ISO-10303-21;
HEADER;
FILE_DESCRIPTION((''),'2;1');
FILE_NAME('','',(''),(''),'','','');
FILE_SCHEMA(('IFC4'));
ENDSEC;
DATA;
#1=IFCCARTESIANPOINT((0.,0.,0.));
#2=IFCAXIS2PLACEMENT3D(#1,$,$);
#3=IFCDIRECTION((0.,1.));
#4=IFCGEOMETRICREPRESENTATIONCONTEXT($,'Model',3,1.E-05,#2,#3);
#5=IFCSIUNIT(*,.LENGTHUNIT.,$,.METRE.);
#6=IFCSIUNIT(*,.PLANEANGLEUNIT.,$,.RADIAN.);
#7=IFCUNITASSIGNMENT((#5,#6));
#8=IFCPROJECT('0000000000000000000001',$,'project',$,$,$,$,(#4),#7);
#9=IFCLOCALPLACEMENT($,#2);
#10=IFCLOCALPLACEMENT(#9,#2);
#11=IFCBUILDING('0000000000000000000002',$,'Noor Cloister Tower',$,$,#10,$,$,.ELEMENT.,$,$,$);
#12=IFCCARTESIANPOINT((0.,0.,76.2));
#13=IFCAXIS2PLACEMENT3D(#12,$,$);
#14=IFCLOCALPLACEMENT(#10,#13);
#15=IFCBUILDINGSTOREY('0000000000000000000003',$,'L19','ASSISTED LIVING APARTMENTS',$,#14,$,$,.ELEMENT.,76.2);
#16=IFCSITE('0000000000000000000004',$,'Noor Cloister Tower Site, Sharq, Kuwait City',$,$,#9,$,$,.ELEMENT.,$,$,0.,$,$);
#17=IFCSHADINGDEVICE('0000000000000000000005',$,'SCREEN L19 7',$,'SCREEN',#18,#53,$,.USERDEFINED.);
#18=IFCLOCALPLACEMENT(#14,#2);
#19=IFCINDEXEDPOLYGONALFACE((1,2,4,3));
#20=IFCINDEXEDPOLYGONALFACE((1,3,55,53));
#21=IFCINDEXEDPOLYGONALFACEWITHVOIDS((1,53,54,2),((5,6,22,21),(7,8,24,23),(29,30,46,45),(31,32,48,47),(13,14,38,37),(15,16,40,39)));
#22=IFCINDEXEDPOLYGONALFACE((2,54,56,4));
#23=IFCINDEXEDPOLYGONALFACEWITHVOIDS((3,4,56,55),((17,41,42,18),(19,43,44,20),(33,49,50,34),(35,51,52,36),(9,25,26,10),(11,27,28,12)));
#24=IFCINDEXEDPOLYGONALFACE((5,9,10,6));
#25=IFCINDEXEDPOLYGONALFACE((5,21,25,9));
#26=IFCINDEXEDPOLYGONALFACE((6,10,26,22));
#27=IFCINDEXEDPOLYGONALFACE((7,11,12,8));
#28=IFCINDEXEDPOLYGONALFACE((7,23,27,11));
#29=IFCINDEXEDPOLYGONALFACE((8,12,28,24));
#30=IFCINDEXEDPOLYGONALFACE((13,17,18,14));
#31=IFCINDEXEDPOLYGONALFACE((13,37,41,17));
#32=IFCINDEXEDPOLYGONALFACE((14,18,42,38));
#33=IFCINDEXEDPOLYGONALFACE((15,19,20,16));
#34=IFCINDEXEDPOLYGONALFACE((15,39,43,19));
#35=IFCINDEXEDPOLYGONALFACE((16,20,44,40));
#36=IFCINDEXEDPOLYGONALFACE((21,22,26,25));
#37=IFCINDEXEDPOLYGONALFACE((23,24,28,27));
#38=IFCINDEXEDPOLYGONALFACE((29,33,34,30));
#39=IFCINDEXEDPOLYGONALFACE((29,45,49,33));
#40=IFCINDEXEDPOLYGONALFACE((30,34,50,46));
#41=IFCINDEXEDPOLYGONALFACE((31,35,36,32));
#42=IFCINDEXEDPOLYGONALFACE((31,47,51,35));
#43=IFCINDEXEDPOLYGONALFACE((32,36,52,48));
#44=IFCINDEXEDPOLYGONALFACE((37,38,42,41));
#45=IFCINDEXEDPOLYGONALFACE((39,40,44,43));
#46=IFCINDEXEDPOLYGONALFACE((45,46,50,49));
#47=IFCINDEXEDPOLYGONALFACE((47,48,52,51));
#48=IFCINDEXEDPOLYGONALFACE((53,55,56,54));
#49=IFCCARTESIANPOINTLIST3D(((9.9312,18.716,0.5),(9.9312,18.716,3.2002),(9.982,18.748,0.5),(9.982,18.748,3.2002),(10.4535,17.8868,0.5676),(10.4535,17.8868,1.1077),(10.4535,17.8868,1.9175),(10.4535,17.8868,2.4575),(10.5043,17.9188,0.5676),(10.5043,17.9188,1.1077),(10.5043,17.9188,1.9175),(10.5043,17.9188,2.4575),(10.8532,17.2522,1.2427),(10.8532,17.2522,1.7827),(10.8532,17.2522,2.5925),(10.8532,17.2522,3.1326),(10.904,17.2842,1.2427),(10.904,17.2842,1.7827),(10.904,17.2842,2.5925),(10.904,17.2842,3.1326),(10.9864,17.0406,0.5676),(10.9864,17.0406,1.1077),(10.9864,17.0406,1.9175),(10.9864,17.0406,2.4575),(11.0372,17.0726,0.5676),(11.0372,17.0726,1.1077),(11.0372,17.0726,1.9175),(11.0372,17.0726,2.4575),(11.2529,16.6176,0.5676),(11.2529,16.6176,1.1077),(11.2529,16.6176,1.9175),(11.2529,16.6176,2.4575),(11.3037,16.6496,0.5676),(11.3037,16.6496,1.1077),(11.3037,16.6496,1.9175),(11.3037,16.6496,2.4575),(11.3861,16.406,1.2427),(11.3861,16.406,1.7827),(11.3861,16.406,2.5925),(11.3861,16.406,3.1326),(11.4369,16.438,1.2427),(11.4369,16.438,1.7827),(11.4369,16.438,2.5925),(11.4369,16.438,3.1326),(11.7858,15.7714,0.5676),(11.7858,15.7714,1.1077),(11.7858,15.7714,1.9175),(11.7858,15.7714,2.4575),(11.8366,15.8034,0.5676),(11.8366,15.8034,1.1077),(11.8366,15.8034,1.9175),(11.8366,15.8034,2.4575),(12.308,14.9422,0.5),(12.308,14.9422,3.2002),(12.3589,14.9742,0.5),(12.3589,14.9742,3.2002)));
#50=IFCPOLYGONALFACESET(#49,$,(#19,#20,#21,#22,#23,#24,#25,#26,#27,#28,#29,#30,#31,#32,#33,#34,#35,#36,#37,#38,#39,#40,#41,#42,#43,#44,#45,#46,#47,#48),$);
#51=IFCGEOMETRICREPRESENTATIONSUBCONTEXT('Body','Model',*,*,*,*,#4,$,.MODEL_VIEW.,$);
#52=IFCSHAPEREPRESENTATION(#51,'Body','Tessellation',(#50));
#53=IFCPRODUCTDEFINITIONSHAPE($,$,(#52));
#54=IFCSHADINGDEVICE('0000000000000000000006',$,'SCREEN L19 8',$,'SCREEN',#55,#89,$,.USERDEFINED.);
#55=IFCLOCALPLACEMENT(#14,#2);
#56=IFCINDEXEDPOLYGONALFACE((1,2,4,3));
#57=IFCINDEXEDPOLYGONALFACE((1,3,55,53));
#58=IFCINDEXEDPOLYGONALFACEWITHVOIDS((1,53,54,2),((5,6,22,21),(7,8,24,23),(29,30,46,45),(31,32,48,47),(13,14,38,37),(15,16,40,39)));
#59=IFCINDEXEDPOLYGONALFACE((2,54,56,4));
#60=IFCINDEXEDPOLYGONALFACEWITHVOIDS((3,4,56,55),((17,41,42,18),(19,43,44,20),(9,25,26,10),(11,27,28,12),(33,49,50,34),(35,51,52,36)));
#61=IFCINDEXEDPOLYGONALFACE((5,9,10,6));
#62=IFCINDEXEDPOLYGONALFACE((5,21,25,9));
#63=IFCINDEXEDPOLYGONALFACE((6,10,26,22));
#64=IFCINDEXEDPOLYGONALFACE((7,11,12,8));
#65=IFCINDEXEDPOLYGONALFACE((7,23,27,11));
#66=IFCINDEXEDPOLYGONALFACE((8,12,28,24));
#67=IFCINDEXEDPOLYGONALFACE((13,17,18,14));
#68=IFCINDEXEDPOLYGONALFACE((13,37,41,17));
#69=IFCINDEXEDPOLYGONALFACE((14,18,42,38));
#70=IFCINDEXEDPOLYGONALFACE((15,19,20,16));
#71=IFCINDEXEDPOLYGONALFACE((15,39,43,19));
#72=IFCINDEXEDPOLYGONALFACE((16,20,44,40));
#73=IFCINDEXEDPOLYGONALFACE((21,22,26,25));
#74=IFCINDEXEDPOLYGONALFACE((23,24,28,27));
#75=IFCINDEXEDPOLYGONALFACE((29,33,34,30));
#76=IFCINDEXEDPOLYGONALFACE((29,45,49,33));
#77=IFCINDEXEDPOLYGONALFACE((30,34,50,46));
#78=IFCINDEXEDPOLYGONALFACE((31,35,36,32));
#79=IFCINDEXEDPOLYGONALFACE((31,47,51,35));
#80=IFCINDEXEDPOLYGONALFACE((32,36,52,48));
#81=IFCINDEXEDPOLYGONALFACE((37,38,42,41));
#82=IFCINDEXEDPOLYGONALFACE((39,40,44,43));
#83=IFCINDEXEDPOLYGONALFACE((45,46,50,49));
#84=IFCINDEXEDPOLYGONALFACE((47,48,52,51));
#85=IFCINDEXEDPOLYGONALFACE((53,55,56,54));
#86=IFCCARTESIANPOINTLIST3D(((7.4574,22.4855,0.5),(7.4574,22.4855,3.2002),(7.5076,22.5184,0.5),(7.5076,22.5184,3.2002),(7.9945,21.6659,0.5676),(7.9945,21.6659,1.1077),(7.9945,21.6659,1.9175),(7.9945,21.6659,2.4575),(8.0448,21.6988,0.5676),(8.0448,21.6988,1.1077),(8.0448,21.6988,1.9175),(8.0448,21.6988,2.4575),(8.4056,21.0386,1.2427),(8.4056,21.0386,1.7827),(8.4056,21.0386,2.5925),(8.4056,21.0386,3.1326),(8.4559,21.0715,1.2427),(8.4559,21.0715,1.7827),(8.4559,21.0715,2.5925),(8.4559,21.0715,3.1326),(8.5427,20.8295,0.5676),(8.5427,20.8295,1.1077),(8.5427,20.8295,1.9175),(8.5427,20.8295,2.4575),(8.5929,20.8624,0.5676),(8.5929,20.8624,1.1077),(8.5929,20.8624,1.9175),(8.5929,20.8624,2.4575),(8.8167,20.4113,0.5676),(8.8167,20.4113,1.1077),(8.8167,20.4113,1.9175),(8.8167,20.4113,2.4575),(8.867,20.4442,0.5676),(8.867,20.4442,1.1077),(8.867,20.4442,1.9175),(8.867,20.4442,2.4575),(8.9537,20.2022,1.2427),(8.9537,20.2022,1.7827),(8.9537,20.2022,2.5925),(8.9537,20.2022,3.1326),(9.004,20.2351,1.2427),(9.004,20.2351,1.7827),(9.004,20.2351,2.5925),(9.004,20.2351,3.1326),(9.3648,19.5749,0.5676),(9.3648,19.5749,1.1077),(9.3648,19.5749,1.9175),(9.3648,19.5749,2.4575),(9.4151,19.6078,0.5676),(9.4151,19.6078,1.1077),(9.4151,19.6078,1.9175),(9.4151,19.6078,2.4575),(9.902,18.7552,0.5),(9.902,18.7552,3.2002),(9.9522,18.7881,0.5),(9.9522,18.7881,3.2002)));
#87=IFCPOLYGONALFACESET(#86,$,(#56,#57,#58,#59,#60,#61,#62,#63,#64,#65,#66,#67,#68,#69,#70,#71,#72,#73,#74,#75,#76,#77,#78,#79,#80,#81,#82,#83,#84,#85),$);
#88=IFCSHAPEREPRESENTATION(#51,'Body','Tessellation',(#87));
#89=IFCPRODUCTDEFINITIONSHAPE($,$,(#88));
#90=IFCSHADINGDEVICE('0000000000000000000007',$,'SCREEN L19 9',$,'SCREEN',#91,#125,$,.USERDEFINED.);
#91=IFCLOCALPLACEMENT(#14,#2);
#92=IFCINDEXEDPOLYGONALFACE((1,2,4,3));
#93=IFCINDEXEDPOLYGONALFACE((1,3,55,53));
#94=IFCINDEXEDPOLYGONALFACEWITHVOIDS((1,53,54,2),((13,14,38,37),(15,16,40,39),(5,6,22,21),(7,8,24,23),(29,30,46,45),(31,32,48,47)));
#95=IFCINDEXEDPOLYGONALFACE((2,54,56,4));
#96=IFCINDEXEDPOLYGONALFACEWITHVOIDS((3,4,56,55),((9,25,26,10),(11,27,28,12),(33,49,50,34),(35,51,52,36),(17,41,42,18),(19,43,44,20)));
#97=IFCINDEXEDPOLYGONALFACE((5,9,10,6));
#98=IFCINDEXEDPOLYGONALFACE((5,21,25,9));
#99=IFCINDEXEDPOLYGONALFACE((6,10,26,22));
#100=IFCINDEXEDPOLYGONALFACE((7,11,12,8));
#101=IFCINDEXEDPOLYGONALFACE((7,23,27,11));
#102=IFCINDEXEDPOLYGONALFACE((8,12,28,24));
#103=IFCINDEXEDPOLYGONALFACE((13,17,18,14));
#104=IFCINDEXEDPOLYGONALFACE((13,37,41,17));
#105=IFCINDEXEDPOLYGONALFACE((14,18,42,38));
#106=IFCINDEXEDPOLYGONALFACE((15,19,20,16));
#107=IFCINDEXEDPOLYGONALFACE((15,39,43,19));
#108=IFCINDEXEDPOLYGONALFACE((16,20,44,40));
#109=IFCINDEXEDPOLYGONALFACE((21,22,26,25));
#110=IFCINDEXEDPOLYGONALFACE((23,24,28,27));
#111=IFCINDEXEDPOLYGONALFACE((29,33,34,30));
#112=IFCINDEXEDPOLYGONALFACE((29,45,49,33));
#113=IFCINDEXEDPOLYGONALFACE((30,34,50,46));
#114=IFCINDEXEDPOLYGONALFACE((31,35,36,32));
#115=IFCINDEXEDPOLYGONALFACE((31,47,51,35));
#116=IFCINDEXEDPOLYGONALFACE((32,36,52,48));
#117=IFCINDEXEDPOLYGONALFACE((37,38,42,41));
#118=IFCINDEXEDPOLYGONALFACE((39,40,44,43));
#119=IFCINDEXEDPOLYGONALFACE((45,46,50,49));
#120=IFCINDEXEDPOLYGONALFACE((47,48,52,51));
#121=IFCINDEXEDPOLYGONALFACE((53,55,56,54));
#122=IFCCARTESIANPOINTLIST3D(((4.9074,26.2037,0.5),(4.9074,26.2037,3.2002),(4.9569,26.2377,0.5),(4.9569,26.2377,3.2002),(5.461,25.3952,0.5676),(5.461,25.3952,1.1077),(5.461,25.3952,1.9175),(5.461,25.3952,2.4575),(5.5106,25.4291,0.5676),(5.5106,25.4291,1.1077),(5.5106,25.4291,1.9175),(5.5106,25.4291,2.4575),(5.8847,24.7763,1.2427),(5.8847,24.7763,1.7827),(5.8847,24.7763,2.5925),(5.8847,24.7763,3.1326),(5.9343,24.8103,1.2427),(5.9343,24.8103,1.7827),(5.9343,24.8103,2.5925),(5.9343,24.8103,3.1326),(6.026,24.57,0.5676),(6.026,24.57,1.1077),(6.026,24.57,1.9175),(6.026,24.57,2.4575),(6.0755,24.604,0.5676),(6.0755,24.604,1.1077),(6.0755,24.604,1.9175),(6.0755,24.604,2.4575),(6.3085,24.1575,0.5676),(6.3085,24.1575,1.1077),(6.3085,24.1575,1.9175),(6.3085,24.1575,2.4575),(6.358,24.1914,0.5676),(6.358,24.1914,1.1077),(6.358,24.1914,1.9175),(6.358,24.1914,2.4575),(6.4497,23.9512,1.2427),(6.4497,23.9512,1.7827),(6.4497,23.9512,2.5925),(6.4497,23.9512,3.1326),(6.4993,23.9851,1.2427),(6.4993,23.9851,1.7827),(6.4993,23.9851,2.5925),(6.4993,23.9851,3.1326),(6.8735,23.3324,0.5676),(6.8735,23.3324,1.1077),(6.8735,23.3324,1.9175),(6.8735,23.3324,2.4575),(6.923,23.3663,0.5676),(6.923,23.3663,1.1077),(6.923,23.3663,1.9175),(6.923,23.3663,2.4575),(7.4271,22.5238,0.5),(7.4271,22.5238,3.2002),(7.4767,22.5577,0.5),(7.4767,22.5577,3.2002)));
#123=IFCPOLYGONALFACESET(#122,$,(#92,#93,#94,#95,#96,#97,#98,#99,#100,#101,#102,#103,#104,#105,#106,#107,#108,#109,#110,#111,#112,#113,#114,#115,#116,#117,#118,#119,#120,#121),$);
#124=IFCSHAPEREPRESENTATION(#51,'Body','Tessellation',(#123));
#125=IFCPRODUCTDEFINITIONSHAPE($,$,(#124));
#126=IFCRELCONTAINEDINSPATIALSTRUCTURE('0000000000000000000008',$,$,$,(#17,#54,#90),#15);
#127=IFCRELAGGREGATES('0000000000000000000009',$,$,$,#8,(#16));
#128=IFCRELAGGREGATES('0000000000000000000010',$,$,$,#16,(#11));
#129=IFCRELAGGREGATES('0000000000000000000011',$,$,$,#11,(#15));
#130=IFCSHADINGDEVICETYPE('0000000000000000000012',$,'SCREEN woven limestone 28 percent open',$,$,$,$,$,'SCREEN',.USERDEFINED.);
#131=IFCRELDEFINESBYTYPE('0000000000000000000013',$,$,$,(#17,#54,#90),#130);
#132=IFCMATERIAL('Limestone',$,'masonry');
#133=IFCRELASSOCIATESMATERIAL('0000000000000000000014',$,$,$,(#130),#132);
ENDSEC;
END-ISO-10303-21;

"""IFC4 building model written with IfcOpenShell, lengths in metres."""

from ifc_helpers import new_model, si_unit, direction, frame, origin, place, context, subcontext, project, spatial, polyline, outline, extrude, material, material_profile, profile_set, type_object, element, save


model = new_model("IFC4")

# Units and contexts
model_context = context("Model", 3, precision=1e-05, world=origin(), true_north=direction((0.0, 1.0)))
body_context = subcontext(model_context, "Body", "Model", "MODEL_VIEW")
ifc_project = project(units=[si_unit("LENGTHUNIT", "METRE"), si_unit("PLANEANGLEUNIT", "RADIAN")], contexts=[model_context])

# Site, building, storey
site_placement = place(None, origin())
site = spatial("IfcSite", under=ifc_project, at=site_placement, Name="Noor Cloister Tower Site, Sharq, Kuwait City", CompositionType="ELEMENT", RefElevation=0.0)
building_placement = place(site_placement, origin())
building = spatial("IfcBuilding", under=site, at=building_placement, Name="Noor Cloister Tower", CompositionType="ELEMENT")
storey_placement = place(building_placement, frame((0.0, 0.0, 76.2)))
storey = spatial("IfcBuildingStorey", under=building, at=storey_placement, Name="L19", Description="ASSISTED LIVING APARTMENTS", CompositionType="ELEMENT", Elevation=76.2)

# Shading devices
ifc_material_1 = material(Name="Limestone", Category="masonry")
ifc_material_profile_1 = material_profile(ifc_material_1, outline(polyline([(-2.23, -1.3501), (2.23, -1.3501), (2.23, 1.3501), (-2.23, 1.3501), (-2.23, -1.3501)]), holes=[polyline([(-1.25, -1.2825), (-0.25, -1.2825), (-0.25, -0.7424), (-1.25, -0.7424), (-1.25, -1.2825)]), polyline([(0.25, -1.2825), (1.25, -1.2825), (1.25, -0.7424), (0.25, -0.7424), (0.25, -1.2825)]), polyline([(-0.5, -0.6074), (0.5, -0.6074), (0.5, -0.0674), (-0.5, -0.0674), (-0.5, -0.6074)]), polyline([(-1.25, 0.0674), (-0.25, 0.0674), (-0.25, 0.6074), (-1.25, 0.6074), (-1.25, 0.0674)]), polyline([(0.25, 0.0674), (1.25, 0.0674), (1.25, 0.6074), (0.25, 0.6074), (0.25, 0.0674)]), polyline([(-0.5, 0.7424), (0.5, 0.7424), (0.5, 1.2825), (-0.5, 1.2825), (-0.5, 0.7424)])]), Name="Woven screen 28 percent open")
ifc_profile_set_1 = profile_set([ifc_material_profile_1], Name="Limestone")
shading_device_type = type_object("IfcShadingDeviceType", Name="SCREEN woven limestone 28 percent open", ElementType="SCREEN", PredefinedType="USERDEFINED", material=ifc_profile_set_1)
for number, where, z_axis, x_axis, name in (
    (1, (11.1196, 16.8291, 1.8501), (0.846165, 0.532921, 0.0), (-0.532921, 0.846165, 0.0), "SCREEN L19 7"),
    (2, (8.6797, 20.6204, 1.8501), (0.836397, 0.548124, 0.0), (-0.548124, 0.836397, 0.0), "SCREEN L19 8"),
    (3, (6.1672, 24.3638, 1.8501), (0.825108, 0.564975, 0.0), (-0.564975, 0.825108, 0.0), "SCREEN L19 9"),
):
    element("IfcShadingDevice", number, at=place(storey_placement, frame(where, z_axis=z_axis, x_axis=x_axis)), inside=storey, type_object=shading_device_type, Name=name, ObjectType="SCREEN", PredefinedType="USERDEFINED", context=body_context, shape_type="SweptSolid", body=[
        extrude(outline(polyline([(-2.23, -1.3501), (2.23, -1.3501), (2.23, 1.3501), (-2.23, 1.3501), (-2.23, -1.3501)]), holes=[polyline([(-1.25, -1.2825), (-0.25, -1.2825), (-0.25, -0.7424), (-1.25, -0.7424), (-1.25, -1.2825)]), polyline([(0.25, -1.2825), (1.25, -1.2825), (1.25, -0.7424), (0.25, -0.7424), (0.25, -1.2825)]), polyline([(-0.5, -0.6074), (0.5, -0.6074), (0.5, -0.0674), (-0.5, -0.0674), (-0.5, -0.6074)]), polyline([(-1.25, 0.0674), (-0.25, 0.0674), (-0.25, 0.6074), (-1.25, 0.6074), (-1.25, 0.0674)]), polyline([(0.25, 0.0674), (1.25, 0.0674), (1.25, 0.6074), (0.25, 0.6074), (0.25, 0.0674)]), polyline([(-0.5, 0.7424), (0.5, 0.7424), (0.5, 1.2825), (-0.5, 1.2825), (-0.5, 0.7424)])]), origin(), (0.0, 0.0, 1.0), 0.0601),
    ])

save(model, "model.ifc")
